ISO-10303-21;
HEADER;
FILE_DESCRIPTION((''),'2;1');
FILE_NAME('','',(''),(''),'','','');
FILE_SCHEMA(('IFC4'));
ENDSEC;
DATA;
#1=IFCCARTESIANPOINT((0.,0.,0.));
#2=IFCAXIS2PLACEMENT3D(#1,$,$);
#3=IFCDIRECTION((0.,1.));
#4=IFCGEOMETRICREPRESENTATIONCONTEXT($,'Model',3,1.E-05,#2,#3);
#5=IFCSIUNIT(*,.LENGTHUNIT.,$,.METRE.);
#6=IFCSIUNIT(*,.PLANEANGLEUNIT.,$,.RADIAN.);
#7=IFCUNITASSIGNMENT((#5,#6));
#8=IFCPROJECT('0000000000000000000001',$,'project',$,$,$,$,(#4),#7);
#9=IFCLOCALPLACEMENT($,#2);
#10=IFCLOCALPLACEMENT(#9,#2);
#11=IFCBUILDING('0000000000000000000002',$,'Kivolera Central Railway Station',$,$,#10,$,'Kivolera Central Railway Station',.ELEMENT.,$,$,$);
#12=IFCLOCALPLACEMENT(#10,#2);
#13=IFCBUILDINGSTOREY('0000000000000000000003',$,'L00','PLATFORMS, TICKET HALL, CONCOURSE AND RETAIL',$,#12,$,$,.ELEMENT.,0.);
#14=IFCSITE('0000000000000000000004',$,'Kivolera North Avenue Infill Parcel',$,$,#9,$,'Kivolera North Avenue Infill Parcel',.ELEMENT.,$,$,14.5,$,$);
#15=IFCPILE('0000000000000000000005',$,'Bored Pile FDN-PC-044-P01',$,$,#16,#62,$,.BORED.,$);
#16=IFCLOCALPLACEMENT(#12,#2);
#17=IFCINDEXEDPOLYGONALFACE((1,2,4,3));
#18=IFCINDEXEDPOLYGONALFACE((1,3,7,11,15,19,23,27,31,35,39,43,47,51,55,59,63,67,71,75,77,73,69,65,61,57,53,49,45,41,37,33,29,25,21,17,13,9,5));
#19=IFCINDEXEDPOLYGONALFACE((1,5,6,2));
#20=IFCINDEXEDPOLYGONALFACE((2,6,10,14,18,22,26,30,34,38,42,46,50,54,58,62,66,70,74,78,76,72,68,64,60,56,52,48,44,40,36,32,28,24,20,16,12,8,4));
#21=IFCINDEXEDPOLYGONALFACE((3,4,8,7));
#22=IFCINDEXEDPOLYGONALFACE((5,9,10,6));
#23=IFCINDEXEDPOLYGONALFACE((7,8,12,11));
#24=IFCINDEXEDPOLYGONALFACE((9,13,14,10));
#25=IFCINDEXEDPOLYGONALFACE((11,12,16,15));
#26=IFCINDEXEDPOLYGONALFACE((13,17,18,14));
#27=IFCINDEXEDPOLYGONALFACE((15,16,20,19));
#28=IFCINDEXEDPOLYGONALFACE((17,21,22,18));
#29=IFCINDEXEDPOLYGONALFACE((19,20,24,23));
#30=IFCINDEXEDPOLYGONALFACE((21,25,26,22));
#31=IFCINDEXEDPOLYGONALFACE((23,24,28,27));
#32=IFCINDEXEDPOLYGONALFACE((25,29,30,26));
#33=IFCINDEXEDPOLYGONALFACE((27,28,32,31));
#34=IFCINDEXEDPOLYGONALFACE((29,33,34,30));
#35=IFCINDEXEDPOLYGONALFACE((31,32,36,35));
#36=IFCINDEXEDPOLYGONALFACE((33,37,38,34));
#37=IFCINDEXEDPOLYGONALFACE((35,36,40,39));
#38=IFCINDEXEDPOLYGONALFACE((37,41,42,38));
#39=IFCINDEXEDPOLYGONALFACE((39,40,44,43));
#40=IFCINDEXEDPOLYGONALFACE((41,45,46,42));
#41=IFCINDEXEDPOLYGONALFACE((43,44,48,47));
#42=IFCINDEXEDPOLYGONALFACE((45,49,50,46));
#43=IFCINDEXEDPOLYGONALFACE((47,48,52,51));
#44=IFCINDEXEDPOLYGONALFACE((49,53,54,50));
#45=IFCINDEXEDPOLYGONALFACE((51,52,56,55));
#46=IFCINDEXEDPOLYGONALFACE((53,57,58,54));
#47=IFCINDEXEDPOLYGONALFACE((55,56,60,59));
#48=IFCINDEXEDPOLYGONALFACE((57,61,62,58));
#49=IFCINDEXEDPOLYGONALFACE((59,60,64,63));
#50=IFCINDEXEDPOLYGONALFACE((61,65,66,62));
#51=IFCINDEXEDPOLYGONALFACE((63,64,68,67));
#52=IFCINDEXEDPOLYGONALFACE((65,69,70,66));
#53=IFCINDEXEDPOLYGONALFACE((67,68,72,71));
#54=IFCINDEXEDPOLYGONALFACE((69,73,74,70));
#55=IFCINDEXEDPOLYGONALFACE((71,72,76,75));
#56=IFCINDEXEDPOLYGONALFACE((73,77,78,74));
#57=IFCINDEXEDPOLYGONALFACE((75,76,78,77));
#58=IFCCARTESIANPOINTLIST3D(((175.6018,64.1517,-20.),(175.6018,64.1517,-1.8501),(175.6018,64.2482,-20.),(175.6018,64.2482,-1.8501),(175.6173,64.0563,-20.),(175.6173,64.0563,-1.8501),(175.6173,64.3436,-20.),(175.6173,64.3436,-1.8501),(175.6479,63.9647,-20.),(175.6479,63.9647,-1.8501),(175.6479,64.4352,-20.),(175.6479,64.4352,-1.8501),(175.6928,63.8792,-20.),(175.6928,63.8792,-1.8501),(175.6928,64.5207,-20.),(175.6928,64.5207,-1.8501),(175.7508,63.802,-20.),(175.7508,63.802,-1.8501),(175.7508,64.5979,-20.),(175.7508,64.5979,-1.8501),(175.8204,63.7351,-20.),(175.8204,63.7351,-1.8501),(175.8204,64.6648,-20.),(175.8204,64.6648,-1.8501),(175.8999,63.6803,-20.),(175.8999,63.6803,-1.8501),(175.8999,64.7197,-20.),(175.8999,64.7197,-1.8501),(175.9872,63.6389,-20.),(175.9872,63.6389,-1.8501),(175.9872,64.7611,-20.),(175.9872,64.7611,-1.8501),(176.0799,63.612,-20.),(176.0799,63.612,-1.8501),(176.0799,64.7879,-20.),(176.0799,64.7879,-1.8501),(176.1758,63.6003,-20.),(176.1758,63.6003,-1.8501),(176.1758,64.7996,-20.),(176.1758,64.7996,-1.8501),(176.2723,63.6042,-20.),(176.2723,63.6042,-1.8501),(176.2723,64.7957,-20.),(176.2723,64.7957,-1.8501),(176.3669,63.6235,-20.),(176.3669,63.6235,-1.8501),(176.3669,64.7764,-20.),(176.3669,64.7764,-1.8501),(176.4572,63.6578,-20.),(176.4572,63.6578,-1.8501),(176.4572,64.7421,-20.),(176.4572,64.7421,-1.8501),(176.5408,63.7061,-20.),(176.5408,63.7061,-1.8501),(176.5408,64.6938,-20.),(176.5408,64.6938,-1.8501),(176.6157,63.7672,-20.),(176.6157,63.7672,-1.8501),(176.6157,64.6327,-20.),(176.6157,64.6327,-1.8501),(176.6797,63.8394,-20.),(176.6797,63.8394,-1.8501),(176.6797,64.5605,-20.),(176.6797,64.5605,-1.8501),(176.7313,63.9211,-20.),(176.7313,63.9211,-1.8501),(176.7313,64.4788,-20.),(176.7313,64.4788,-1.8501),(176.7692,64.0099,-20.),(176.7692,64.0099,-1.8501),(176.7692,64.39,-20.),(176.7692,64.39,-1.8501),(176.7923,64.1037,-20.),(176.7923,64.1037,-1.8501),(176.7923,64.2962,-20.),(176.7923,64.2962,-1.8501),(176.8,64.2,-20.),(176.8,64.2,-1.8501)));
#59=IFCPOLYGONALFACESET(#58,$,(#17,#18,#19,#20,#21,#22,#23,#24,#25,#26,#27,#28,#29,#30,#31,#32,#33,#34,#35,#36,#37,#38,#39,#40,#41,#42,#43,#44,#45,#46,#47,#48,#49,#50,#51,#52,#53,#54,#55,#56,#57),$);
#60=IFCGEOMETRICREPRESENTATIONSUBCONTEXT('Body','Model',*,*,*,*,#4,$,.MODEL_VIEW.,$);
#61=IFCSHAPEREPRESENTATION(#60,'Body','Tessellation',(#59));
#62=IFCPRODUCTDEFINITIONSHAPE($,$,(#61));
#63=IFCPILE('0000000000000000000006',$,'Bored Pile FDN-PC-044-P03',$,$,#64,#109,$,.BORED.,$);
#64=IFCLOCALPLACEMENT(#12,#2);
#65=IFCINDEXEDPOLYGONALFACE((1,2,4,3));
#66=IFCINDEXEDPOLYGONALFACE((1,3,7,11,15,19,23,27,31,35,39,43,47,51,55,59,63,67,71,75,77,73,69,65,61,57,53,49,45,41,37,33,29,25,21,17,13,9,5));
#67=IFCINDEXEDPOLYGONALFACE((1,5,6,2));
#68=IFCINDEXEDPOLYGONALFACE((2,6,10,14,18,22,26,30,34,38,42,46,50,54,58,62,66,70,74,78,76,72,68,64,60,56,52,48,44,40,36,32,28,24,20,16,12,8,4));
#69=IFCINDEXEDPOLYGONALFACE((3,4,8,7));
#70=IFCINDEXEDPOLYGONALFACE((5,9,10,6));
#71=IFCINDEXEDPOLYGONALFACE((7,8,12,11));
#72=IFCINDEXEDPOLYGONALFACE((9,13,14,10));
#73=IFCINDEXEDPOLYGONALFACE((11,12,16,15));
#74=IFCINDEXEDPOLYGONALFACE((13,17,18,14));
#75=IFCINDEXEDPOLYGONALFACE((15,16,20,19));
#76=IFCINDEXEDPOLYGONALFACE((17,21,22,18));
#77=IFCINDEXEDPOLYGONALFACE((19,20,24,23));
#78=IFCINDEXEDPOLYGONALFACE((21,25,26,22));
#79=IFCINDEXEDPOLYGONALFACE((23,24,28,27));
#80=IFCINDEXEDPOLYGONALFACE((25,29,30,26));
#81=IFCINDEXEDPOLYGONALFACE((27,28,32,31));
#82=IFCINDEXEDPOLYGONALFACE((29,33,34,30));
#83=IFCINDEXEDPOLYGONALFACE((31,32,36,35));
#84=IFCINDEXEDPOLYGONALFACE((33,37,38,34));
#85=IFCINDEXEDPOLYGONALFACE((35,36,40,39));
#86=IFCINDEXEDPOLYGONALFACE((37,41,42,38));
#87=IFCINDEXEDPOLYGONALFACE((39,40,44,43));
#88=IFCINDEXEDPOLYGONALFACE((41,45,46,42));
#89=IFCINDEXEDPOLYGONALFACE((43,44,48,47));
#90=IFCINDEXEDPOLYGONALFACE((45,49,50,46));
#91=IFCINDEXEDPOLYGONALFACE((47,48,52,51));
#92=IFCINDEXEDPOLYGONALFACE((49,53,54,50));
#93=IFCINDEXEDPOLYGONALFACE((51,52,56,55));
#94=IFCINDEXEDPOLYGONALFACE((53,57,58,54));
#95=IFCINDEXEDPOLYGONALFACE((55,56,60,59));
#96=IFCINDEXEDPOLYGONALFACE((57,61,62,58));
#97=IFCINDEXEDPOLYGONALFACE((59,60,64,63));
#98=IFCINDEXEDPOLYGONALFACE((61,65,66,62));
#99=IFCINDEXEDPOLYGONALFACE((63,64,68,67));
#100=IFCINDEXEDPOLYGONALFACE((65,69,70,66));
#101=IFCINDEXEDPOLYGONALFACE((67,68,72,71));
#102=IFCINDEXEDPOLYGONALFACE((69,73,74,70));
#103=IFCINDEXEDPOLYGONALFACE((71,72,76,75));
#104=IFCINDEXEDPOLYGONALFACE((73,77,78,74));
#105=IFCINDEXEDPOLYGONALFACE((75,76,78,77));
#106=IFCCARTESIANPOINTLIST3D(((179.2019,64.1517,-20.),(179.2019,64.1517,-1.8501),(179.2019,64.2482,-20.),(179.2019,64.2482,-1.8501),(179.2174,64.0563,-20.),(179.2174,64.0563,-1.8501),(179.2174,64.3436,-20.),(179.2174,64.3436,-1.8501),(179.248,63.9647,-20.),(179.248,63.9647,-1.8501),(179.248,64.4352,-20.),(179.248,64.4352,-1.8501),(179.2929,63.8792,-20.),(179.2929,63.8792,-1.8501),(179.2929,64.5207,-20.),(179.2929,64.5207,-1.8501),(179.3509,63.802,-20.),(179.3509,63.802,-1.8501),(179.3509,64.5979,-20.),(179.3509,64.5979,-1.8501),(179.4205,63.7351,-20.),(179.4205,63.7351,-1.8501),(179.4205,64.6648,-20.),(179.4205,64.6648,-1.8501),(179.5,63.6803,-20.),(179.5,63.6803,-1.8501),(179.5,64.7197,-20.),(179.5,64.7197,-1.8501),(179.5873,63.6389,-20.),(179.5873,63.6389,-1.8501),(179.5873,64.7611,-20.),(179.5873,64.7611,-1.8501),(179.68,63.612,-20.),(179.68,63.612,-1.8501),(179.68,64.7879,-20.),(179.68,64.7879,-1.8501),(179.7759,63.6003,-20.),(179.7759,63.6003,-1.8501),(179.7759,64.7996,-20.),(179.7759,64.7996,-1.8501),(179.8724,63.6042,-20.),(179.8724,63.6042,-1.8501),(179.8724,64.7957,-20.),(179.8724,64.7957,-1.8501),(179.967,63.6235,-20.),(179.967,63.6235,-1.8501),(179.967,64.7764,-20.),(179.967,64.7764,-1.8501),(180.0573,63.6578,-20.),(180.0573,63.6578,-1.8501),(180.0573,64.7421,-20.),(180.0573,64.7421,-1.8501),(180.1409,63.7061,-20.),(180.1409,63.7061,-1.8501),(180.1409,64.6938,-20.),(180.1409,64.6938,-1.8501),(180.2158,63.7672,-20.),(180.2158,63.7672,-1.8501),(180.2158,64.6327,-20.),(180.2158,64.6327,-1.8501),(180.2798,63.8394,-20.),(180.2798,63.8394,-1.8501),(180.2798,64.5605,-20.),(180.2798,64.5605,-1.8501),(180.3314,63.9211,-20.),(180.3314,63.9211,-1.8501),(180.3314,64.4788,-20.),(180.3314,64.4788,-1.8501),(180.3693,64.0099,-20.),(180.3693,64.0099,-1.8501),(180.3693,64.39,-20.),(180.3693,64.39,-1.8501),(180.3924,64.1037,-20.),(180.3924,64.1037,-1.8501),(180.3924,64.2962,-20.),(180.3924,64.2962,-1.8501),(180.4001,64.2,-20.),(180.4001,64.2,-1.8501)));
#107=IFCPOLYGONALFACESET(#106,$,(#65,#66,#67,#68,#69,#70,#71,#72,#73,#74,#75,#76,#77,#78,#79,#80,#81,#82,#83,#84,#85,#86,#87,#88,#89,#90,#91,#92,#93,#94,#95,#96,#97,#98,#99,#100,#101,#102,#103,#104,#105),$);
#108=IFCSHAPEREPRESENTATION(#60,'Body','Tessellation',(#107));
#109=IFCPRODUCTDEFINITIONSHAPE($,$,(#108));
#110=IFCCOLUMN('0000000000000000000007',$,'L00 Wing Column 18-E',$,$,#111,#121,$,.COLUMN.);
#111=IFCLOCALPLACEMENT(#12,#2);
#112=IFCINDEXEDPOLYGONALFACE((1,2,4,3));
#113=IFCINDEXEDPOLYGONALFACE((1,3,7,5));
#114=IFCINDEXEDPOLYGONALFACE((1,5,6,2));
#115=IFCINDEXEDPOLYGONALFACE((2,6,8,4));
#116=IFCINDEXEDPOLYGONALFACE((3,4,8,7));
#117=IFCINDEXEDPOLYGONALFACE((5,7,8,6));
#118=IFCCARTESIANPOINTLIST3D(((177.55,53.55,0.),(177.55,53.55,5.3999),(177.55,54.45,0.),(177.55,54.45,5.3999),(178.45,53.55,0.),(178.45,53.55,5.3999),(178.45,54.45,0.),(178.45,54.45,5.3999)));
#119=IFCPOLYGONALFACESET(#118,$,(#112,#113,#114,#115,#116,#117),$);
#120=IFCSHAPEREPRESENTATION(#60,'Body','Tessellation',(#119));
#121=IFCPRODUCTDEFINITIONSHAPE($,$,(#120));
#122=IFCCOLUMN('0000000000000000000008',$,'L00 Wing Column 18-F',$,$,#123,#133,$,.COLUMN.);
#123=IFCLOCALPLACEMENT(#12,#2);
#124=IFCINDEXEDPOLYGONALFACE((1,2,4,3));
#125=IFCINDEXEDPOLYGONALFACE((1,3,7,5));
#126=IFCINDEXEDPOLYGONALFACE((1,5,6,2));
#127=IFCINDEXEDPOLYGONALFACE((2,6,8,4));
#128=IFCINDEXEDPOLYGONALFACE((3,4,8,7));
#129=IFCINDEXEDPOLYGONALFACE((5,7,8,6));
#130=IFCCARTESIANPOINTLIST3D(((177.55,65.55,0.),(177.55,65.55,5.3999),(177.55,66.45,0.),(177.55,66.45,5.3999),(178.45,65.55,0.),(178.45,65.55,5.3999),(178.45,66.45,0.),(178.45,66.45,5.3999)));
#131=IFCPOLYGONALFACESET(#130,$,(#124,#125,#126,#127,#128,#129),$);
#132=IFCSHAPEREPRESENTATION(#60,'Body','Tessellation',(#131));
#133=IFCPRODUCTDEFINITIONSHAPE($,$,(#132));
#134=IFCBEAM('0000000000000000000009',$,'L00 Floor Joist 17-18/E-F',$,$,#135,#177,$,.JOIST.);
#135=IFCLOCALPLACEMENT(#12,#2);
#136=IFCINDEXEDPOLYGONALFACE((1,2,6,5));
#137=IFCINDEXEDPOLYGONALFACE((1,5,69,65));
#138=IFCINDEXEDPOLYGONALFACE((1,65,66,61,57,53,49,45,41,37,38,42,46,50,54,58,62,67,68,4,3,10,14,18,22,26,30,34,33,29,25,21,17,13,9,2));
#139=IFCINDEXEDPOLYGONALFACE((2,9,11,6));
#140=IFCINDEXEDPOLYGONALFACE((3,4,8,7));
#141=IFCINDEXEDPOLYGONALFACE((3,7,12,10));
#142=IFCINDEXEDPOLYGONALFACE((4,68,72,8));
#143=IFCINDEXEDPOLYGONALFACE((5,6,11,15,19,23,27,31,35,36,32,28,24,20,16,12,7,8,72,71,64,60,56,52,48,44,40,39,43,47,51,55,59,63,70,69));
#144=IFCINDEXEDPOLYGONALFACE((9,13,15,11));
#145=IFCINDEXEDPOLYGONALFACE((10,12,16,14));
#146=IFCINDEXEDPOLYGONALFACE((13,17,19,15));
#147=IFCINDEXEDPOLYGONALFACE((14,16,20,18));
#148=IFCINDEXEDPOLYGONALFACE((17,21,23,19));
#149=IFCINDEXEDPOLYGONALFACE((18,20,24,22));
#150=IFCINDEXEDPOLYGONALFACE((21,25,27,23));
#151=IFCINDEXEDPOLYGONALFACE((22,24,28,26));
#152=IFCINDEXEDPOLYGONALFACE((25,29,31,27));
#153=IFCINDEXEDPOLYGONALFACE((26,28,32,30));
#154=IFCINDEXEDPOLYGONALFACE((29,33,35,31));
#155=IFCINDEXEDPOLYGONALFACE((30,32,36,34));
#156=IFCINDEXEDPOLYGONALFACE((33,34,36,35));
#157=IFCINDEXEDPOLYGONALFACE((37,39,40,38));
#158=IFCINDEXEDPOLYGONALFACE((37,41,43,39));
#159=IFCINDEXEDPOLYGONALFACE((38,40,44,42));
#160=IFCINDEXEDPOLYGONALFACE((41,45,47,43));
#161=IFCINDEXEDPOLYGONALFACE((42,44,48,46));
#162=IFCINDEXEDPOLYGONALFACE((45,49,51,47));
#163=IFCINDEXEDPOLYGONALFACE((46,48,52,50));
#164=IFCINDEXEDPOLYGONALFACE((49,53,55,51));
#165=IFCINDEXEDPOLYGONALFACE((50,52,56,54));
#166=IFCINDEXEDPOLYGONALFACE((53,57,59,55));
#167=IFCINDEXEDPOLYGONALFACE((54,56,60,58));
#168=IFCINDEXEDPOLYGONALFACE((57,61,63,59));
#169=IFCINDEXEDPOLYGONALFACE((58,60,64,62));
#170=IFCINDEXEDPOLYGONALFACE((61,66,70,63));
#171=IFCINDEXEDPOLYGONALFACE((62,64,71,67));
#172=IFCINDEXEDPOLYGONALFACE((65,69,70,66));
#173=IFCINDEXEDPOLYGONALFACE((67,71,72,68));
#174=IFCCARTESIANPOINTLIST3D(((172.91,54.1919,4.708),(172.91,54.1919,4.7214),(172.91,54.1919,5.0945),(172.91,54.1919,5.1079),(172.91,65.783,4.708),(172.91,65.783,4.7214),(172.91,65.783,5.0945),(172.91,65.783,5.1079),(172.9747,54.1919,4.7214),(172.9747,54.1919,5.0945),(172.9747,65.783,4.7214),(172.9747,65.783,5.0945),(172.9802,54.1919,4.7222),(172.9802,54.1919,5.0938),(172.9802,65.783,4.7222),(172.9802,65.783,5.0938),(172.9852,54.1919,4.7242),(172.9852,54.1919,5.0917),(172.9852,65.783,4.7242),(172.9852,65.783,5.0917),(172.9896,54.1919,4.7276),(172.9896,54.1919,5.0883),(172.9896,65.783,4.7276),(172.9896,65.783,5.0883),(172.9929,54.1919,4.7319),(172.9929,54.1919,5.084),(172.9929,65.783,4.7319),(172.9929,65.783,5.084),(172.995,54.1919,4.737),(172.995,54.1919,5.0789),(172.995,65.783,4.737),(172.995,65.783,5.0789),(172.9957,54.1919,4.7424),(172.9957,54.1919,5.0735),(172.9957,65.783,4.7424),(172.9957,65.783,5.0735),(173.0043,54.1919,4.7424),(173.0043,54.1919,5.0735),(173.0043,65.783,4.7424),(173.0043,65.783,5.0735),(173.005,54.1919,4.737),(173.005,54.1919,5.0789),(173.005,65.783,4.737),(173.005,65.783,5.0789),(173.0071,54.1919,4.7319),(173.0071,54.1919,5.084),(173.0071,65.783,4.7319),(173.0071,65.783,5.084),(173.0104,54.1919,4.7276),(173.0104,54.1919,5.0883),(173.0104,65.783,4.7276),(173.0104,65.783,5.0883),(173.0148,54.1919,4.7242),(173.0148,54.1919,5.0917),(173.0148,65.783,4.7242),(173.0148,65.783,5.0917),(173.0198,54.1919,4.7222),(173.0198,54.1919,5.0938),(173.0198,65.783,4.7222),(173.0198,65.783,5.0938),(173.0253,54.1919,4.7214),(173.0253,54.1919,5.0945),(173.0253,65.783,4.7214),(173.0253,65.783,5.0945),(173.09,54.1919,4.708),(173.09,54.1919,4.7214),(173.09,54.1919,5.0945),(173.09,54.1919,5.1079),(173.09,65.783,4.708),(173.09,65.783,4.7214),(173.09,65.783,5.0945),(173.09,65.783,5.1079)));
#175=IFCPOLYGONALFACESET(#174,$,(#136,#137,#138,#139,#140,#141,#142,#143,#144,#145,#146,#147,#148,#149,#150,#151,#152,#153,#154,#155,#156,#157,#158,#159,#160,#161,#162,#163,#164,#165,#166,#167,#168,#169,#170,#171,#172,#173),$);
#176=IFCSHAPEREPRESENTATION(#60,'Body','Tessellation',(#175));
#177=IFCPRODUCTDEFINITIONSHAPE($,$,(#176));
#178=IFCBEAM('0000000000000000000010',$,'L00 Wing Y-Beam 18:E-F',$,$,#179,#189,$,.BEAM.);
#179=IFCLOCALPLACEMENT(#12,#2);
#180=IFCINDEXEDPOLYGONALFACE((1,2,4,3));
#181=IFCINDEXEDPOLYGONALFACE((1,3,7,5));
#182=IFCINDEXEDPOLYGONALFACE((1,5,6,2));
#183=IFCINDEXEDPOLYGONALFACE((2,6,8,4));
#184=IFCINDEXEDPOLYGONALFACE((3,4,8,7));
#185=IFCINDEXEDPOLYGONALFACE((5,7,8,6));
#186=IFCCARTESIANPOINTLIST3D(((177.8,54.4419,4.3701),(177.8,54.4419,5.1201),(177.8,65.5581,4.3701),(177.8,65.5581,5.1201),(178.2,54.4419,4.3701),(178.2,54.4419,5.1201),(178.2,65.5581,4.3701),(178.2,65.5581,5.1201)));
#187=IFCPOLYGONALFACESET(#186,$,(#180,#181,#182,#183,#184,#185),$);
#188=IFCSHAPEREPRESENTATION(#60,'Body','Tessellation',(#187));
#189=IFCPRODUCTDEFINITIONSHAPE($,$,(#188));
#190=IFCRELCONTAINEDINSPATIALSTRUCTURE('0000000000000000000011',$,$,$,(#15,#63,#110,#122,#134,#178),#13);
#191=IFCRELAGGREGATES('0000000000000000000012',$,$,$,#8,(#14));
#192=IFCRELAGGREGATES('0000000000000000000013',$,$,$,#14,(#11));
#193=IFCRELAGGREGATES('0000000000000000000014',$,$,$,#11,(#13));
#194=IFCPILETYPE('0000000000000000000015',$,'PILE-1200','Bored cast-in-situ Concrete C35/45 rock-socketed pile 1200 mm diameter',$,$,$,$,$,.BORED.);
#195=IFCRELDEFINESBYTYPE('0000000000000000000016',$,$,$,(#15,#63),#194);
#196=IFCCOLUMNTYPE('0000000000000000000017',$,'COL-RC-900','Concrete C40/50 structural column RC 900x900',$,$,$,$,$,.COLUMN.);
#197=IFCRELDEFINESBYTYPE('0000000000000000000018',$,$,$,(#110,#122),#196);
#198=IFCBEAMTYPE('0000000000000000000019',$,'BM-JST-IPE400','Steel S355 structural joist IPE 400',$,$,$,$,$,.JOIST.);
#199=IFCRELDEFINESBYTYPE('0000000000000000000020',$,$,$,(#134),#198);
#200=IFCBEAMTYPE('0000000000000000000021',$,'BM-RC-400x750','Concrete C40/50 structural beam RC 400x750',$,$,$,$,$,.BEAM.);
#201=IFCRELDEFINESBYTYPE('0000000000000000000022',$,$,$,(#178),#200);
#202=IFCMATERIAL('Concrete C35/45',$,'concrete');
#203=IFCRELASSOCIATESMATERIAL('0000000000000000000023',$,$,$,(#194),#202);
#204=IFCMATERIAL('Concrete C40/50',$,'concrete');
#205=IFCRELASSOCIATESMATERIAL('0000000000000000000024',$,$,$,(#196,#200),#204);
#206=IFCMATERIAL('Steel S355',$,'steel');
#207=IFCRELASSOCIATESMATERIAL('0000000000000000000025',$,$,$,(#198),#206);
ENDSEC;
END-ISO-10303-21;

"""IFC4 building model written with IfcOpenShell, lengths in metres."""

from ifc_helpers import new_model, si_unit, direction, frame, origin, origin_2d, place, context, subcontext, project, spatial, rectangle, circle, i_section, extrude, material, material_profile, profile_set, type_object, element, save


model = new_model("IFC4")

# Units and contexts
model_context = context("Model", 3, precision=1e-05, world=origin(), true_north=direction((0.0, 1.0)))
body_context = subcontext(model_context, "Body", "Model", "MODEL_VIEW")
ifc_project = project(units=[si_unit("LENGTHUNIT", "METRE"), si_unit("PLANEANGLEUNIT", "RADIAN")], contexts=[model_context])

# Site, building, storey
site_placement = place(None, origin())
site = spatial("IfcSite", under=ifc_project, at=site_placement, Name="Kivolera North Avenue Infill Parcel", LongName="Kivolera North Avenue Infill Parcel", CompositionType="ELEMENT", RefElevation=14.5)
building_placement = place(site_placement, origin())
building = spatial("IfcBuilding", under=site, at=building_placement, Name="Kivolera Central Railway Station", LongName="Kivolera Central Railway Station", CompositionType="ELEMENT")
storey_placement = place(building_placement, origin())
storey = spatial("IfcBuildingStorey", under=building, at=storey_placement, Name="L00", Description="PLATFORMS, TICKET HALL, CONCOURSE AND RETAIL", CompositionType="ELEMENT", Elevation=0.0)

# Shared definitions
ifc_material_1 = material(Name="Concrete C35/45", Category="concrete")

# Piles
ifc_material_profile_1 = material_profile(ifc_material_1, circle(Radius=0.6001, at=origin_2d()), Name="PILE D1200")
ifc_profile_set_1 = profile_set([ifc_material_profile_1], Name="Concrete C35/45")
pile_type = type_object("IfcPileType", Name="PILE-1200", Description="Bored cast-in-situ Concrete C35/45 rock-socketed pile 1200 mm diameter", PredefinedType="BORED", material=ifc_profile_set_1)
for number, where, z_axis, x_axis, name in (
    (1, (176.2, 64.2, -1.8501), (0.0, 0.0, -1.0), (1.0, 0.0, 0.0), "Bored Pile FDN-PC-044-P01"),
    (2, (179.8, 64.2, -1.8501), (0.0, 0.0, -1.0), (1.0, 0.0, 0.0), "Bored Pile FDN-PC-044-P03"),
):
    element("IfcPile", number, at=place(storey_placement, frame(where, z_axis=z_axis, x_axis=x_axis)), inside=storey, type_object=pile_type, Name=name, PredefinedType="BORED", context=body_context, shape_type="SweptSolid", body=[
        extrude(circle(Radius=0.6001, at=origin_2d()), origin(), (0.0, 0.0, 1.0), 18.1499),
    ])

# Columns
ifc_material_2 = material(Name="Concrete C40/50", Category="concrete")
ifc_material_profile_2 = material_profile(ifc_material_2, rectangle(XDim=0.8999, YDim=0.8999, at=origin_2d()), Name="RC 900x900")
ifc_profile_set_2 = profile_set([ifc_material_profile_2], Name="Concrete C40/50")
column_type = type_object("IfcColumnType", Name="COL-RC-900", Description="Concrete C40/50 structural column RC 900x900", PredefinedType="COLUMN", material=ifc_profile_set_2)
for number, where, z_axis, x_axis, name in (
    (3, (178.0, 54.0, 0.0), (0.0, 0.0, 1.0), (1.0, 0.0, 0.0), "L00 Wing Column 18-E"),
    (4, (178.0, 66.0, 0.0), (0.0, 0.0, 1.0), (1.0, 0.0, 0.0), "L00 Wing Column 18-F"),
):
    element("IfcColumn", number, at=place(storey_placement, frame(where, z_axis=z_axis, x_axis=x_axis)), inside=storey, type_object=column_type, Name=name, PredefinedType="COLUMN", context=body_context, shape_type="SweptSolid", body=[
        extrude(rectangle(XDim=0.8999, YDim=0.8999, at=origin_2d()), origin(), (0.0, 0.0, 1.0), 5.3999),
    ])

# Beams
ifc_material_3 = material(Name="Steel S355", Category="steel")
ifc_material_profile_3 = material_profile(ifc_material_3, i_section(OverallWidth=0.1799, OverallDepth=0.3999, WebThickness=0.0085, FlangeThickness=0.0134, FilletRadius=0.021, at=origin_2d()), Name="IPE 400")
ifc_profile_set_3 = profile_set([ifc_material_profile_3], Name="Steel S355")
beam_type_1 = type_object("IfcBeamType", Name="BM-JST-IPE400", Description="Steel S355 structural joist IPE 400", PredefinedType="JOIST", material=ifc_profile_set_3)
beam_1_placement = place(storey_placement, frame((173.0, 54.1919, 4.908), z_axis=(0.0, 1.0, 0.0), x_axis=(-1.0, 0.0, 0.0)))
element("IfcBeam", 5, at=beam_1_placement, inside=storey, type_object=beam_type_1, Name="L00 Floor Joist 17-18/E-F", PredefinedType="JOIST", context=body_context, shape_type="SweptSolid", body=[
    extrude(i_section(OverallWidth=0.1799, OverallDepth=0.3999, WebThickness=0.0085, FlangeThickness=0.0134, FilletRadius=0.021, at=origin_2d()), origin(), (0.0, 0.0, 1.0), 11.5911),
])
ifc_material_profile_4 = material_profile(ifc_material_2, rectangle(XDim=0.3999, YDim=0.75, at=origin_2d()), Name="RC 400x750")
ifc_profile_set_4 = profile_set([ifc_material_profile_4], Name="Concrete C40/50")
beam_type_2 = type_object("IfcBeamType", Name="BM-RC-400x750", Description="Concrete C40/50 structural beam RC 400x750", PredefinedType="BEAM", material=ifc_profile_set_4)
beam_2_placement = place(storey_placement, frame((178.0, 54.4419, 4.7451), z_axis=(0.0, 1.0, 0.0), x_axis=(-1.0, 0.0, 0.0)))
element("IfcBeam", 6, at=beam_2_placement, inside=storey, type_object=beam_type_2, Name="L00 Wing Y-Beam 18:E-F", PredefinedType="BEAM", context=body_context, shape_type="SweptSolid", body=[
    extrude(rectangle(XDim=0.3999, YDim=0.75, at=origin_2d()), origin(), (0.0, 0.0, 1.0), 11.1162),
])

save(model, "model.ifc")
